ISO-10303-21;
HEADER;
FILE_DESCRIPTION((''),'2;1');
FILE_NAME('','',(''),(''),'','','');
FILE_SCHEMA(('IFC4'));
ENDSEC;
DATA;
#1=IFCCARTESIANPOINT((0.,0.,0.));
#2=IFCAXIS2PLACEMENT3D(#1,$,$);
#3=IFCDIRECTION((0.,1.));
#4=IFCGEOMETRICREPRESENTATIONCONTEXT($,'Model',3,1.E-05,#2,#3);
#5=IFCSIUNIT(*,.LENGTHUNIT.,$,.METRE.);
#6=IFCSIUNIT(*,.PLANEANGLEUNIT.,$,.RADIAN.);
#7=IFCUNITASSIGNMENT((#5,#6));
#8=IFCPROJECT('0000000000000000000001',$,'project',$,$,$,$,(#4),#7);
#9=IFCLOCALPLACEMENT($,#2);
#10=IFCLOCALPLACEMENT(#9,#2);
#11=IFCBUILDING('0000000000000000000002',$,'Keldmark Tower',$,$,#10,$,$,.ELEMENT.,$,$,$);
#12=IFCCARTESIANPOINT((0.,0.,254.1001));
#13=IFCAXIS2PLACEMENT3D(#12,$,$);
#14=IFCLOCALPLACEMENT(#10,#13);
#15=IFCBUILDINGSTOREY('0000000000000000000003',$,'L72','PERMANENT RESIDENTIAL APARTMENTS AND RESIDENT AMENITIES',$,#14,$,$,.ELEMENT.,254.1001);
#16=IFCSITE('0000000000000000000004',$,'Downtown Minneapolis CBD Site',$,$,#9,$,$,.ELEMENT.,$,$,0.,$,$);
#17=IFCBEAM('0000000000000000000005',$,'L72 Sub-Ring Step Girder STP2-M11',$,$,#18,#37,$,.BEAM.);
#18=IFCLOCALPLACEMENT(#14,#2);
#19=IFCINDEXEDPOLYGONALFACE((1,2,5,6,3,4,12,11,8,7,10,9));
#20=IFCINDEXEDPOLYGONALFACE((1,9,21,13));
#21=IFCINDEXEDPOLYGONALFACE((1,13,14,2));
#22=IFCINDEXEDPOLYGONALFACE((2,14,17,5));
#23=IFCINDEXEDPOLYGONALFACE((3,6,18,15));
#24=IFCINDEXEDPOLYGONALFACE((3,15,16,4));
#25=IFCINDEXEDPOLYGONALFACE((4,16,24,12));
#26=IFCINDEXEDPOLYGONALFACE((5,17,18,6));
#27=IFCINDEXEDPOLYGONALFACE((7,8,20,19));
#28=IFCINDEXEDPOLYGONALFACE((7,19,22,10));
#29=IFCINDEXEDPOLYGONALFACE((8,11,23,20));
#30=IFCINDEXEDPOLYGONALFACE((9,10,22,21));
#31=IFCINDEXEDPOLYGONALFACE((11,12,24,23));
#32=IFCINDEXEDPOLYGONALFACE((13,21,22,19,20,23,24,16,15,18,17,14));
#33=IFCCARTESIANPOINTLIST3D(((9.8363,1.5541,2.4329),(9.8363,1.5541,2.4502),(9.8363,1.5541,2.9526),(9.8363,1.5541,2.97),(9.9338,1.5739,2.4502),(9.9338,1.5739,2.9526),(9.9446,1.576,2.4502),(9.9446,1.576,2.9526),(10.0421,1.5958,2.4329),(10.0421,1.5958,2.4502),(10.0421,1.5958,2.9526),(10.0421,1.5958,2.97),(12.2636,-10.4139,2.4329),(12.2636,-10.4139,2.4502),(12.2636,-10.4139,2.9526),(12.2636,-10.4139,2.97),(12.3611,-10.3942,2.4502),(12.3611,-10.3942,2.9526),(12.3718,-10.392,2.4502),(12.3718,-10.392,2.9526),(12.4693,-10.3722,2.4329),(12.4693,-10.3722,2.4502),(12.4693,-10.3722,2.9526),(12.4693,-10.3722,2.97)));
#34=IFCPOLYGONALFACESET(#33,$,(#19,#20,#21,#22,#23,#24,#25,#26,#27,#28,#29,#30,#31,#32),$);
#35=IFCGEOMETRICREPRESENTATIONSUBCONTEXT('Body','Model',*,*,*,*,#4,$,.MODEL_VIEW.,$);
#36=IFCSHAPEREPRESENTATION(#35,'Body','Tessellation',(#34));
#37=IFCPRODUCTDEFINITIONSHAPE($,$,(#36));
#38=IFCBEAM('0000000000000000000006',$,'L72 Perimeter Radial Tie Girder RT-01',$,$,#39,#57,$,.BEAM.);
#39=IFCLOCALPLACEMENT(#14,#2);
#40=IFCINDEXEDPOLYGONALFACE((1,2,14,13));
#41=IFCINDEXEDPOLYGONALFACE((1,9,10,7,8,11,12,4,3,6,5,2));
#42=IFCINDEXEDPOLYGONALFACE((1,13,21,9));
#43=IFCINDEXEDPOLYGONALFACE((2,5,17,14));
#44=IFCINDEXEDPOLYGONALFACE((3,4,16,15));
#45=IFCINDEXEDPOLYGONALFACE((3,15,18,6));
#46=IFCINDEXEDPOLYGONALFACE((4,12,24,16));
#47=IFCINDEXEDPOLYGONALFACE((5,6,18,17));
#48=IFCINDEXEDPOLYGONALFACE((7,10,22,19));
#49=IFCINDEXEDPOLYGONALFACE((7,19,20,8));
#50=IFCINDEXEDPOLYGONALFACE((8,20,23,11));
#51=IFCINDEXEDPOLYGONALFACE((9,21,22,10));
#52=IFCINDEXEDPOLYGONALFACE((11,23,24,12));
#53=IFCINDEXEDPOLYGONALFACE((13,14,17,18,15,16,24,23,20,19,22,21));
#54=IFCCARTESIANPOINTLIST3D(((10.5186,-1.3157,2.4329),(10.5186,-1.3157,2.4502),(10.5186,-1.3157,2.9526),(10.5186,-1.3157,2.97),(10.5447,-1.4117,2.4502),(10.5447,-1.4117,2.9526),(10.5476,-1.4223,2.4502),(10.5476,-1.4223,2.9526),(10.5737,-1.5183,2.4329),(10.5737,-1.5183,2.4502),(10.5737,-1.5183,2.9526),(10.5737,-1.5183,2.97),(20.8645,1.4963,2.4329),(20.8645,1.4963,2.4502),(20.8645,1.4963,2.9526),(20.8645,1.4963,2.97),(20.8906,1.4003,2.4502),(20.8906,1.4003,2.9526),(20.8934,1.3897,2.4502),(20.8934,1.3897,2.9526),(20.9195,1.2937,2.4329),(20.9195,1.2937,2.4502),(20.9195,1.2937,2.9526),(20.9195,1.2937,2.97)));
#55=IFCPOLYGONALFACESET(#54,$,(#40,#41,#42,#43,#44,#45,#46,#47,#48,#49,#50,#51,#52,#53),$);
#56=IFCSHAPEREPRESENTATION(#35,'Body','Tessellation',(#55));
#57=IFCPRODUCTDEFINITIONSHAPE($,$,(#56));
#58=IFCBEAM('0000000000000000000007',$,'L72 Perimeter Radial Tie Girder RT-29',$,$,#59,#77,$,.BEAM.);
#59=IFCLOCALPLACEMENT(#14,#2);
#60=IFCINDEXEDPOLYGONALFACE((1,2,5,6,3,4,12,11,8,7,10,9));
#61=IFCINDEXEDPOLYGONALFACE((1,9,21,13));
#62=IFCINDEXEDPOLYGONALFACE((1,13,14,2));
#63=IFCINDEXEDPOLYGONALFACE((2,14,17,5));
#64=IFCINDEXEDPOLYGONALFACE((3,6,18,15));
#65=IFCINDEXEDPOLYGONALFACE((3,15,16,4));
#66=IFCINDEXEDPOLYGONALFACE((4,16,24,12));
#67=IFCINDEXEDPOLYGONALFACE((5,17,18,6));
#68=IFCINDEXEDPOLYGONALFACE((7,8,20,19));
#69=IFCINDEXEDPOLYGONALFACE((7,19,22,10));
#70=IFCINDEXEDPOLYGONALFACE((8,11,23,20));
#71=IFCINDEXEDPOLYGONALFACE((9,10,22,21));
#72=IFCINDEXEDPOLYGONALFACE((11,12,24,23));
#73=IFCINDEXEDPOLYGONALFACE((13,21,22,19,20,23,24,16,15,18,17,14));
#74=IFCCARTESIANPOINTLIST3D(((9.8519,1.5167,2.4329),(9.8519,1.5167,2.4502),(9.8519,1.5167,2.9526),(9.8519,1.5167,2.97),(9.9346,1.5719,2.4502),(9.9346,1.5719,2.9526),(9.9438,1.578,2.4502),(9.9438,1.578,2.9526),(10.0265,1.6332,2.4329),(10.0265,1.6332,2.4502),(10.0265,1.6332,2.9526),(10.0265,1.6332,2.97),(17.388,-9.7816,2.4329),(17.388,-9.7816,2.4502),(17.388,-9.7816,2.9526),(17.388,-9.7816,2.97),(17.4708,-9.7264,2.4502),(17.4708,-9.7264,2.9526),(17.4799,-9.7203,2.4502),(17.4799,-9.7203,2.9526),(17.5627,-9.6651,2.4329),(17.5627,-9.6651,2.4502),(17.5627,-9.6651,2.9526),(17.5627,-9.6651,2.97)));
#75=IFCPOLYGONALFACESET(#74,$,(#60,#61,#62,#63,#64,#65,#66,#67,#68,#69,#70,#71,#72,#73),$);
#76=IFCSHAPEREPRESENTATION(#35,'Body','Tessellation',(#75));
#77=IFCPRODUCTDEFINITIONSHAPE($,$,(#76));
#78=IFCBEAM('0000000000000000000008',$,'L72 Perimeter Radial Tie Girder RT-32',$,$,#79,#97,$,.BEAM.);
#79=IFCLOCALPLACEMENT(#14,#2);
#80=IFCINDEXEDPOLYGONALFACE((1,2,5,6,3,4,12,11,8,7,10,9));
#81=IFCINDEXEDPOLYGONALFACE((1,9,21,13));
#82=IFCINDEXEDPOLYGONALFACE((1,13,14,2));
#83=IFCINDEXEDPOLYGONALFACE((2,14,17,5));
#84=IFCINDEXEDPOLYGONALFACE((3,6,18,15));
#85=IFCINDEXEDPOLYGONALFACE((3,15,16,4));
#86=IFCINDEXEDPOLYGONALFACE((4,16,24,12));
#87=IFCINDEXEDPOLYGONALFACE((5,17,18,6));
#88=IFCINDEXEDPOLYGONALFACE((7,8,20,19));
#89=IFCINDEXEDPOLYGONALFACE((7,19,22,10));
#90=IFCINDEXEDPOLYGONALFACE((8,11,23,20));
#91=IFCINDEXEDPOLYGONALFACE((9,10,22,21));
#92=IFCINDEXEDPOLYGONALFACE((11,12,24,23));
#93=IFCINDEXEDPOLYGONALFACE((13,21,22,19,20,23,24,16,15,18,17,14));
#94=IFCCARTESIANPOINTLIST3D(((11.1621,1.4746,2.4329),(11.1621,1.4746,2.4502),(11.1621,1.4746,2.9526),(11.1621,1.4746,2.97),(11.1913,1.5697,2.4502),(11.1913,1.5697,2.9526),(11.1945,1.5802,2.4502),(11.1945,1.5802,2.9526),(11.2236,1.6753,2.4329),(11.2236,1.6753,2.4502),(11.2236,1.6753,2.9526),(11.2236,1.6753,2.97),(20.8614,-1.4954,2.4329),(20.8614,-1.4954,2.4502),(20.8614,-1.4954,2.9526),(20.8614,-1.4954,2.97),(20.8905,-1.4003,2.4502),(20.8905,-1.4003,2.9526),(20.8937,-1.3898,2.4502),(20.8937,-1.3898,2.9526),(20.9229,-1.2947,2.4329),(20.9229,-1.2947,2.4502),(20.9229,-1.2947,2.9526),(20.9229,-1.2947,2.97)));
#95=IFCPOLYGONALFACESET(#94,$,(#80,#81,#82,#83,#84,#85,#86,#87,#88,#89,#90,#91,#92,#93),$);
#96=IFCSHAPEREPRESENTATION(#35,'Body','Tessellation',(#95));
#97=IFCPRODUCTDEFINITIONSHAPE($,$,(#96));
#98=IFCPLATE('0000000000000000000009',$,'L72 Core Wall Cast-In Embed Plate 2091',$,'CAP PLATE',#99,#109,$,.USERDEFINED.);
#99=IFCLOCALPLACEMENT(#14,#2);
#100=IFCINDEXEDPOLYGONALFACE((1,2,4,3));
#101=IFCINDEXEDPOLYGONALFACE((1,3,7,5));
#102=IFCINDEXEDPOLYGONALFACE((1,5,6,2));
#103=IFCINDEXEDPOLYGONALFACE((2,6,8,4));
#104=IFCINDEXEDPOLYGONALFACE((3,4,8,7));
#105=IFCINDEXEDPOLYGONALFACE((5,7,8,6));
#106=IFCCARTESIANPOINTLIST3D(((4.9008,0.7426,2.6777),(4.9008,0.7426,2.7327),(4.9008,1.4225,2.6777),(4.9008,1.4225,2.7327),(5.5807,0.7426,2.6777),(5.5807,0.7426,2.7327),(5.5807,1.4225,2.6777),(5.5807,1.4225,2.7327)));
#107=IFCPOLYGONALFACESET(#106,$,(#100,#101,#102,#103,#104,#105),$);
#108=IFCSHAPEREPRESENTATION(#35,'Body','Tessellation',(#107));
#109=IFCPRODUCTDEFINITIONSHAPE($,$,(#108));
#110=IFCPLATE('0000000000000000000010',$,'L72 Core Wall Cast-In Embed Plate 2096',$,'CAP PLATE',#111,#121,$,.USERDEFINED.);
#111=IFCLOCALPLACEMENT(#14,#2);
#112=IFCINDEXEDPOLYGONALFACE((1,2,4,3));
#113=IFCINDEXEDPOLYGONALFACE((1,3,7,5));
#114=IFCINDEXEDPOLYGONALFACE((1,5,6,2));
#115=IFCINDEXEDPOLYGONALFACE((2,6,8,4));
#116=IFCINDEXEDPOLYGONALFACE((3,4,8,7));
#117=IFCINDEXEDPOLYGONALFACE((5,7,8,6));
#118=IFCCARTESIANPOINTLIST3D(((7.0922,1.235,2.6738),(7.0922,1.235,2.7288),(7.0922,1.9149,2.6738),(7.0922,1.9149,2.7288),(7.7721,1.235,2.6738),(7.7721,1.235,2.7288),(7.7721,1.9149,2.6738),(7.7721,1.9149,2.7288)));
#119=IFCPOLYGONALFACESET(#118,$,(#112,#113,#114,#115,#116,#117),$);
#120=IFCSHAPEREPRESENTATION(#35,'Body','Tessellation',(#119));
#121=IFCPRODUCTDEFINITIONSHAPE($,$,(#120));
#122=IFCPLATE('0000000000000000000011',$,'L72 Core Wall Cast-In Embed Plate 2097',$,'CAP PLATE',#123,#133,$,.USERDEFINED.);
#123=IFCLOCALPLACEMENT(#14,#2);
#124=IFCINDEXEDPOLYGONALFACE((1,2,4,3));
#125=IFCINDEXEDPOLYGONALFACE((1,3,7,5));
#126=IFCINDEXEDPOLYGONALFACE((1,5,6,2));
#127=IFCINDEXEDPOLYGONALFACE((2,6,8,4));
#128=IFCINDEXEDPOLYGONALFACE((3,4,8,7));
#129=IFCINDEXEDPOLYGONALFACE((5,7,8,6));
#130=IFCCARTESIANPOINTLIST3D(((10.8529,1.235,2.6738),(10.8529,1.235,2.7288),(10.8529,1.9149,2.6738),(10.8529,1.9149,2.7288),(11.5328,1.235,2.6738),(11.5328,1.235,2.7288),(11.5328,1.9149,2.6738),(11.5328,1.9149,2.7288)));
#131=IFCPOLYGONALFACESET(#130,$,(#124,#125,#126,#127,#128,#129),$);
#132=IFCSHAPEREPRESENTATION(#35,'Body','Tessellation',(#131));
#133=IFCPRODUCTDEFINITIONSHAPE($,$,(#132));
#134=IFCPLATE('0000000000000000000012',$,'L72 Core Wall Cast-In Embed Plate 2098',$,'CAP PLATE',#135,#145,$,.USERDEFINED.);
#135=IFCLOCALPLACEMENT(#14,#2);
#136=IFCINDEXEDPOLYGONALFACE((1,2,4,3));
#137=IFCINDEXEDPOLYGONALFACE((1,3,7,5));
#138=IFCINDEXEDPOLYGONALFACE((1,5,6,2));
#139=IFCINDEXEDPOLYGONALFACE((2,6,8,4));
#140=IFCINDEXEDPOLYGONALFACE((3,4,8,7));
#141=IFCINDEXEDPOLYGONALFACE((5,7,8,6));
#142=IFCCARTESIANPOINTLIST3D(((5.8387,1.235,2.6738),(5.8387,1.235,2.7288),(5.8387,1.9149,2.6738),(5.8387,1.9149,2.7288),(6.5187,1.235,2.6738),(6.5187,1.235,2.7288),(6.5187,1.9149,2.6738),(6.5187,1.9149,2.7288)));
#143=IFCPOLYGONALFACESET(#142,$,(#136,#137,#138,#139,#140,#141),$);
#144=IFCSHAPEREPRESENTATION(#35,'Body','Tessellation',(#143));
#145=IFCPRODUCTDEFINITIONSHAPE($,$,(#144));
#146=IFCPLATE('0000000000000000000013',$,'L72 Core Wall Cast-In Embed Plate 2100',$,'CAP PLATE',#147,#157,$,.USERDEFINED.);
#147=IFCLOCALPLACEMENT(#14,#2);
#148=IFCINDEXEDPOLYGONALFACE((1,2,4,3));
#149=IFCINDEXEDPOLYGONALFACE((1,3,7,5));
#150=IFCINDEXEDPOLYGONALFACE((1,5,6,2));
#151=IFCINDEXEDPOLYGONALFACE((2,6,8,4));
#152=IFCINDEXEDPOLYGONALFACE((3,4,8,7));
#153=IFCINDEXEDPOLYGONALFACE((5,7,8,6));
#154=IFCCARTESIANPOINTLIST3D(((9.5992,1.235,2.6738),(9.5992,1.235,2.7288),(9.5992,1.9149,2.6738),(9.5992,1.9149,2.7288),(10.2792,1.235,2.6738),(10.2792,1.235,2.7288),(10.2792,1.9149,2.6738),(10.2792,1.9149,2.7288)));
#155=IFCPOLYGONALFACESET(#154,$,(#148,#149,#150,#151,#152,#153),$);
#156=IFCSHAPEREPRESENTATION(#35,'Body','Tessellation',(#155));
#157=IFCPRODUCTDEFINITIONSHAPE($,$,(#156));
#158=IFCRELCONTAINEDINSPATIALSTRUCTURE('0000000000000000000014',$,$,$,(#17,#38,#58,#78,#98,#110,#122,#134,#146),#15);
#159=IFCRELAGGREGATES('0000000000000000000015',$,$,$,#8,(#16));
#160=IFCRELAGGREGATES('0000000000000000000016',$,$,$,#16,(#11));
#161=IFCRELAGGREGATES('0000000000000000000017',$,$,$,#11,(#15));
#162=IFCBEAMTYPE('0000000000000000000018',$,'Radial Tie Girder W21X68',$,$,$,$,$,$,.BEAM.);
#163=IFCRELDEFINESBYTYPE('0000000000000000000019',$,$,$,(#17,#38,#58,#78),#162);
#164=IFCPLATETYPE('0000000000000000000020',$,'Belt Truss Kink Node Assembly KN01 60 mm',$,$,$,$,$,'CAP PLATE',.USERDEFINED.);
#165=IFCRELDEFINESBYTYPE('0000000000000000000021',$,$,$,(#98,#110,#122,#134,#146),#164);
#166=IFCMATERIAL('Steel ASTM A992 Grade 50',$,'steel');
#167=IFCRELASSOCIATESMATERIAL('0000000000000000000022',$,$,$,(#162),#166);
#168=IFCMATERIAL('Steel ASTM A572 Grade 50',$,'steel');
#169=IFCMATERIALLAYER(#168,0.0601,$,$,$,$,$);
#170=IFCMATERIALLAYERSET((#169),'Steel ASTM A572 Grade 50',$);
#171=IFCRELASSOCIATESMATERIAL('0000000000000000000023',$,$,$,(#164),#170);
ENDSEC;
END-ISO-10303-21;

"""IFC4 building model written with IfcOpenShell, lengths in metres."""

from ifc_helpers import new_model, si_unit, direction, frame, origin, origin_2d, place, context, subcontext, project, spatial, rectangle, i_section, extrude, material, layer, layer_set, material_profile, profile_set, type_object, element, save


model = new_model("IFC4")

# Units and contexts
model_context = context("Model", 3, precision=1e-05, world=origin(), true_north=direction((0.0, 1.0)))
body_context = subcontext(model_context, "Body", "Model", "MODEL_VIEW")
ifc_project = project(units=[si_unit("LENGTHUNIT", "METRE"), si_unit("PLANEANGLEUNIT", "RADIAN")], contexts=[model_context])

# Site, building, storey
site_placement = place(None, origin())
site = spatial("IfcSite", under=ifc_project, at=site_placement, Name="Downtown Minneapolis CBD Site", CompositionType="ELEMENT", RefElevation=0.0)
building_placement = place(site_placement, origin())
building = spatial("IfcBuilding", under=site, at=building_placement, Name="Keldmark Tower", CompositionType="ELEMENT")
storey_placement = place(building_placement, frame((0.0, 0.0, 254.1001)))
storey = spatial("IfcBuildingStorey", under=building, at=storey_placement, Name="L72", Description="PERMANENT RESIDENTIAL APARTMENTS AND RESIDENT AMENITIES", CompositionType="ELEMENT", Elevation=254.1001)

# Beams
ifc_material_1 = material(Name="Steel ASTM A992 Grade 50", Category="steel")
ifc_material_profile_1 = material_profile(ifc_material_1, i_section(OverallWidth=0.21, OverallDepth=0.5371, WebThickness=0.011, FlangeThickness=0.0173, at=origin_2d()), Name="W21X68")
ifc_profile_set_1 = profile_set([ifc_material_profile_1], Name="Steel ASTM A992 Grade 50")
beam_type_1 = type_object("IfcBeamType", Name="Radial Tie Girder W21X68", PredefinedType="BEAM", material=ifc_profile_set_1)
beam_1_placement = place(storey_placement, frame((9.9392, 1.575, 2.7014), z_axis=(0.198764, -0.980047, 0.0), x_axis=(0.980047, 0.198764, 0.0)))
element("IfcBeam", 1, at=beam_1_placement, inside=storey, type_object=beam_type_1, Name="L72 Sub-Ring Step Girder STP2-M11", PredefinedType="BEAM", context=body_context, shape_type="SweptSolid", body=[
    extrude(i_section(OverallWidth=0.21, OverallDepth=0.5371, WebThickness=0.011, FlangeThickness=0.0173, at=origin_2d()), origin(), (0.0, 0.0, 1.0), 12.2117),
])
beam_2_placement = place(storey_placement, frame((10.5461, -1.417, 2.7014), z_axis=(0.964991, 0.262283, 0.0), x_axis=(-0.262283, 0.964991, 0.0)))
element("IfcBeam", 2, at=beam_2_placement, inside=storey, type_object=beam_type_1, Name="L72 Perimeter Radial Tie Girder RT-01", PredefinedType="BEAM", context=body_context, shape_type="SweptSolid", body=[
    extrude(i_section(OverallWidth=0.21, OverallDepth=0.5371, WebThickness=0.011, FlangeThickness=0.0173, at=origin_2d()), origin(), (0.0, 0.0, 1.0), 10.7212),
])
beam_3_placement = place(storey_placement, frame((9.9392, 1.575, 2.7014), z_axis=(0.554899, -0.831918, 0.0), x_axis=(0.831918, 0.554899, 0.0)))
element("IfcBeam", 3, at=beam_3_placement, inside=storey, type_object=beam_type_1, Name="L72 Perimeter Radial Tie Girder RT-29", PredefinedType="BEAM", context=body_context, shape_type="SweptSolid", body=[
    extrude(i_section(OverallWidth=0.21, OverallDepth=0.5371, WebThickness=0.011, FlangeThickness=0.0173, at=origin_2d()), origin(), (0.0, 0.0, 1.0), 13.5811),
])
beam_4_placement = place(storey_placement, frame((11.1929, 1.575, 2.7014), z_axis=(0.956177, -0.292788, 0.0), x_axis=(0.292788, 0.956177, 0.0)))
element("IfcBeam", 4, at=beam_4_placement, inside=storey, type_object=beam_type_1, Name="L72 Perimeter Radial Tie Girder RT-32", PredefinedType="BEAM", context=body_context, shape_type="SweptSolid", body=[
    extrude(i_section(OverallWidth=0.21, OverallDepth=0.5371, WebThickness=0.011, FlangeThickness=0.0173, at=origin_2d()), origin(), (0.0, 0.0, 1.0), 10.1438),
])

# Plates
ifc_material_2 = material(Name="Steel ASTM A572 Grade 50", Category="steel")
ifc_layer_1 = layer(ifc_material_2, 0.0601)
ifc_layer_set_1 = layer_set([ifc_layer_1], Name="Steel ASTM A572 Grade 50")
plate_type = type_object("IfcPlateType", Name="Belt Truss Kink Node Assembly KN01 60 mm", ElementType="CAP PLATE", PredefinedType="USERDEFINED", material=ifc_layer_set_1)
for number, where, z_axis, x_axis, name in (
    (5, (5.2407, 1.0825, 2.6777), (0.0, 0.0, 1.0), (1.0, 0.0, 0.0), "L72 Core Wall Cast-In Embed Plate 2091"),
    (6, (7.4321, 1.575, 2.6738), (0.0, 0.0, 1.0), (1.0, 0.0, 0.0), "L72 Core Wall Cast-In Embed Plate 2096"),
    (7, (11.1929, 1.575, 2.6738), (0.0, 0.0, 1.0), (1.0, 0.0, 0.0), "L72 Core Wall Cast-In Embed Plate 2097"),
    (8, (6.1787, 1.575, 2.6738), (0.0, 0.0, 1.0), (1.0, 0.0, 0.0), "L72 Core Wall Cast-In Embed Plate 2098"),
    (9, (9.9392, 1.575, 2.6738), (0.0, 0.0, 1.0), (1.0, 0.0, 0.0), "L72 Core Wall Cast-In Embed Plate 2100"),
):
    element("IfcPlate", number, at=place(storey_placement, frame(where, z_axis=z_axis, x_axis=x_axis)), inside=storey, type_object=plate_type, Name=name, ObjectType="CAP PLATE", PredefinedType="USERDEFINED", context=body_context, shape_type="SweptSolid", body=[
        extrude(rectangle(XDim=0.6799, YDim=0.6799, at=origin_2d()), origin(), (0.0, 0.0, 1.0), 0.0549),
    ])

save(model, "model.ifc")
